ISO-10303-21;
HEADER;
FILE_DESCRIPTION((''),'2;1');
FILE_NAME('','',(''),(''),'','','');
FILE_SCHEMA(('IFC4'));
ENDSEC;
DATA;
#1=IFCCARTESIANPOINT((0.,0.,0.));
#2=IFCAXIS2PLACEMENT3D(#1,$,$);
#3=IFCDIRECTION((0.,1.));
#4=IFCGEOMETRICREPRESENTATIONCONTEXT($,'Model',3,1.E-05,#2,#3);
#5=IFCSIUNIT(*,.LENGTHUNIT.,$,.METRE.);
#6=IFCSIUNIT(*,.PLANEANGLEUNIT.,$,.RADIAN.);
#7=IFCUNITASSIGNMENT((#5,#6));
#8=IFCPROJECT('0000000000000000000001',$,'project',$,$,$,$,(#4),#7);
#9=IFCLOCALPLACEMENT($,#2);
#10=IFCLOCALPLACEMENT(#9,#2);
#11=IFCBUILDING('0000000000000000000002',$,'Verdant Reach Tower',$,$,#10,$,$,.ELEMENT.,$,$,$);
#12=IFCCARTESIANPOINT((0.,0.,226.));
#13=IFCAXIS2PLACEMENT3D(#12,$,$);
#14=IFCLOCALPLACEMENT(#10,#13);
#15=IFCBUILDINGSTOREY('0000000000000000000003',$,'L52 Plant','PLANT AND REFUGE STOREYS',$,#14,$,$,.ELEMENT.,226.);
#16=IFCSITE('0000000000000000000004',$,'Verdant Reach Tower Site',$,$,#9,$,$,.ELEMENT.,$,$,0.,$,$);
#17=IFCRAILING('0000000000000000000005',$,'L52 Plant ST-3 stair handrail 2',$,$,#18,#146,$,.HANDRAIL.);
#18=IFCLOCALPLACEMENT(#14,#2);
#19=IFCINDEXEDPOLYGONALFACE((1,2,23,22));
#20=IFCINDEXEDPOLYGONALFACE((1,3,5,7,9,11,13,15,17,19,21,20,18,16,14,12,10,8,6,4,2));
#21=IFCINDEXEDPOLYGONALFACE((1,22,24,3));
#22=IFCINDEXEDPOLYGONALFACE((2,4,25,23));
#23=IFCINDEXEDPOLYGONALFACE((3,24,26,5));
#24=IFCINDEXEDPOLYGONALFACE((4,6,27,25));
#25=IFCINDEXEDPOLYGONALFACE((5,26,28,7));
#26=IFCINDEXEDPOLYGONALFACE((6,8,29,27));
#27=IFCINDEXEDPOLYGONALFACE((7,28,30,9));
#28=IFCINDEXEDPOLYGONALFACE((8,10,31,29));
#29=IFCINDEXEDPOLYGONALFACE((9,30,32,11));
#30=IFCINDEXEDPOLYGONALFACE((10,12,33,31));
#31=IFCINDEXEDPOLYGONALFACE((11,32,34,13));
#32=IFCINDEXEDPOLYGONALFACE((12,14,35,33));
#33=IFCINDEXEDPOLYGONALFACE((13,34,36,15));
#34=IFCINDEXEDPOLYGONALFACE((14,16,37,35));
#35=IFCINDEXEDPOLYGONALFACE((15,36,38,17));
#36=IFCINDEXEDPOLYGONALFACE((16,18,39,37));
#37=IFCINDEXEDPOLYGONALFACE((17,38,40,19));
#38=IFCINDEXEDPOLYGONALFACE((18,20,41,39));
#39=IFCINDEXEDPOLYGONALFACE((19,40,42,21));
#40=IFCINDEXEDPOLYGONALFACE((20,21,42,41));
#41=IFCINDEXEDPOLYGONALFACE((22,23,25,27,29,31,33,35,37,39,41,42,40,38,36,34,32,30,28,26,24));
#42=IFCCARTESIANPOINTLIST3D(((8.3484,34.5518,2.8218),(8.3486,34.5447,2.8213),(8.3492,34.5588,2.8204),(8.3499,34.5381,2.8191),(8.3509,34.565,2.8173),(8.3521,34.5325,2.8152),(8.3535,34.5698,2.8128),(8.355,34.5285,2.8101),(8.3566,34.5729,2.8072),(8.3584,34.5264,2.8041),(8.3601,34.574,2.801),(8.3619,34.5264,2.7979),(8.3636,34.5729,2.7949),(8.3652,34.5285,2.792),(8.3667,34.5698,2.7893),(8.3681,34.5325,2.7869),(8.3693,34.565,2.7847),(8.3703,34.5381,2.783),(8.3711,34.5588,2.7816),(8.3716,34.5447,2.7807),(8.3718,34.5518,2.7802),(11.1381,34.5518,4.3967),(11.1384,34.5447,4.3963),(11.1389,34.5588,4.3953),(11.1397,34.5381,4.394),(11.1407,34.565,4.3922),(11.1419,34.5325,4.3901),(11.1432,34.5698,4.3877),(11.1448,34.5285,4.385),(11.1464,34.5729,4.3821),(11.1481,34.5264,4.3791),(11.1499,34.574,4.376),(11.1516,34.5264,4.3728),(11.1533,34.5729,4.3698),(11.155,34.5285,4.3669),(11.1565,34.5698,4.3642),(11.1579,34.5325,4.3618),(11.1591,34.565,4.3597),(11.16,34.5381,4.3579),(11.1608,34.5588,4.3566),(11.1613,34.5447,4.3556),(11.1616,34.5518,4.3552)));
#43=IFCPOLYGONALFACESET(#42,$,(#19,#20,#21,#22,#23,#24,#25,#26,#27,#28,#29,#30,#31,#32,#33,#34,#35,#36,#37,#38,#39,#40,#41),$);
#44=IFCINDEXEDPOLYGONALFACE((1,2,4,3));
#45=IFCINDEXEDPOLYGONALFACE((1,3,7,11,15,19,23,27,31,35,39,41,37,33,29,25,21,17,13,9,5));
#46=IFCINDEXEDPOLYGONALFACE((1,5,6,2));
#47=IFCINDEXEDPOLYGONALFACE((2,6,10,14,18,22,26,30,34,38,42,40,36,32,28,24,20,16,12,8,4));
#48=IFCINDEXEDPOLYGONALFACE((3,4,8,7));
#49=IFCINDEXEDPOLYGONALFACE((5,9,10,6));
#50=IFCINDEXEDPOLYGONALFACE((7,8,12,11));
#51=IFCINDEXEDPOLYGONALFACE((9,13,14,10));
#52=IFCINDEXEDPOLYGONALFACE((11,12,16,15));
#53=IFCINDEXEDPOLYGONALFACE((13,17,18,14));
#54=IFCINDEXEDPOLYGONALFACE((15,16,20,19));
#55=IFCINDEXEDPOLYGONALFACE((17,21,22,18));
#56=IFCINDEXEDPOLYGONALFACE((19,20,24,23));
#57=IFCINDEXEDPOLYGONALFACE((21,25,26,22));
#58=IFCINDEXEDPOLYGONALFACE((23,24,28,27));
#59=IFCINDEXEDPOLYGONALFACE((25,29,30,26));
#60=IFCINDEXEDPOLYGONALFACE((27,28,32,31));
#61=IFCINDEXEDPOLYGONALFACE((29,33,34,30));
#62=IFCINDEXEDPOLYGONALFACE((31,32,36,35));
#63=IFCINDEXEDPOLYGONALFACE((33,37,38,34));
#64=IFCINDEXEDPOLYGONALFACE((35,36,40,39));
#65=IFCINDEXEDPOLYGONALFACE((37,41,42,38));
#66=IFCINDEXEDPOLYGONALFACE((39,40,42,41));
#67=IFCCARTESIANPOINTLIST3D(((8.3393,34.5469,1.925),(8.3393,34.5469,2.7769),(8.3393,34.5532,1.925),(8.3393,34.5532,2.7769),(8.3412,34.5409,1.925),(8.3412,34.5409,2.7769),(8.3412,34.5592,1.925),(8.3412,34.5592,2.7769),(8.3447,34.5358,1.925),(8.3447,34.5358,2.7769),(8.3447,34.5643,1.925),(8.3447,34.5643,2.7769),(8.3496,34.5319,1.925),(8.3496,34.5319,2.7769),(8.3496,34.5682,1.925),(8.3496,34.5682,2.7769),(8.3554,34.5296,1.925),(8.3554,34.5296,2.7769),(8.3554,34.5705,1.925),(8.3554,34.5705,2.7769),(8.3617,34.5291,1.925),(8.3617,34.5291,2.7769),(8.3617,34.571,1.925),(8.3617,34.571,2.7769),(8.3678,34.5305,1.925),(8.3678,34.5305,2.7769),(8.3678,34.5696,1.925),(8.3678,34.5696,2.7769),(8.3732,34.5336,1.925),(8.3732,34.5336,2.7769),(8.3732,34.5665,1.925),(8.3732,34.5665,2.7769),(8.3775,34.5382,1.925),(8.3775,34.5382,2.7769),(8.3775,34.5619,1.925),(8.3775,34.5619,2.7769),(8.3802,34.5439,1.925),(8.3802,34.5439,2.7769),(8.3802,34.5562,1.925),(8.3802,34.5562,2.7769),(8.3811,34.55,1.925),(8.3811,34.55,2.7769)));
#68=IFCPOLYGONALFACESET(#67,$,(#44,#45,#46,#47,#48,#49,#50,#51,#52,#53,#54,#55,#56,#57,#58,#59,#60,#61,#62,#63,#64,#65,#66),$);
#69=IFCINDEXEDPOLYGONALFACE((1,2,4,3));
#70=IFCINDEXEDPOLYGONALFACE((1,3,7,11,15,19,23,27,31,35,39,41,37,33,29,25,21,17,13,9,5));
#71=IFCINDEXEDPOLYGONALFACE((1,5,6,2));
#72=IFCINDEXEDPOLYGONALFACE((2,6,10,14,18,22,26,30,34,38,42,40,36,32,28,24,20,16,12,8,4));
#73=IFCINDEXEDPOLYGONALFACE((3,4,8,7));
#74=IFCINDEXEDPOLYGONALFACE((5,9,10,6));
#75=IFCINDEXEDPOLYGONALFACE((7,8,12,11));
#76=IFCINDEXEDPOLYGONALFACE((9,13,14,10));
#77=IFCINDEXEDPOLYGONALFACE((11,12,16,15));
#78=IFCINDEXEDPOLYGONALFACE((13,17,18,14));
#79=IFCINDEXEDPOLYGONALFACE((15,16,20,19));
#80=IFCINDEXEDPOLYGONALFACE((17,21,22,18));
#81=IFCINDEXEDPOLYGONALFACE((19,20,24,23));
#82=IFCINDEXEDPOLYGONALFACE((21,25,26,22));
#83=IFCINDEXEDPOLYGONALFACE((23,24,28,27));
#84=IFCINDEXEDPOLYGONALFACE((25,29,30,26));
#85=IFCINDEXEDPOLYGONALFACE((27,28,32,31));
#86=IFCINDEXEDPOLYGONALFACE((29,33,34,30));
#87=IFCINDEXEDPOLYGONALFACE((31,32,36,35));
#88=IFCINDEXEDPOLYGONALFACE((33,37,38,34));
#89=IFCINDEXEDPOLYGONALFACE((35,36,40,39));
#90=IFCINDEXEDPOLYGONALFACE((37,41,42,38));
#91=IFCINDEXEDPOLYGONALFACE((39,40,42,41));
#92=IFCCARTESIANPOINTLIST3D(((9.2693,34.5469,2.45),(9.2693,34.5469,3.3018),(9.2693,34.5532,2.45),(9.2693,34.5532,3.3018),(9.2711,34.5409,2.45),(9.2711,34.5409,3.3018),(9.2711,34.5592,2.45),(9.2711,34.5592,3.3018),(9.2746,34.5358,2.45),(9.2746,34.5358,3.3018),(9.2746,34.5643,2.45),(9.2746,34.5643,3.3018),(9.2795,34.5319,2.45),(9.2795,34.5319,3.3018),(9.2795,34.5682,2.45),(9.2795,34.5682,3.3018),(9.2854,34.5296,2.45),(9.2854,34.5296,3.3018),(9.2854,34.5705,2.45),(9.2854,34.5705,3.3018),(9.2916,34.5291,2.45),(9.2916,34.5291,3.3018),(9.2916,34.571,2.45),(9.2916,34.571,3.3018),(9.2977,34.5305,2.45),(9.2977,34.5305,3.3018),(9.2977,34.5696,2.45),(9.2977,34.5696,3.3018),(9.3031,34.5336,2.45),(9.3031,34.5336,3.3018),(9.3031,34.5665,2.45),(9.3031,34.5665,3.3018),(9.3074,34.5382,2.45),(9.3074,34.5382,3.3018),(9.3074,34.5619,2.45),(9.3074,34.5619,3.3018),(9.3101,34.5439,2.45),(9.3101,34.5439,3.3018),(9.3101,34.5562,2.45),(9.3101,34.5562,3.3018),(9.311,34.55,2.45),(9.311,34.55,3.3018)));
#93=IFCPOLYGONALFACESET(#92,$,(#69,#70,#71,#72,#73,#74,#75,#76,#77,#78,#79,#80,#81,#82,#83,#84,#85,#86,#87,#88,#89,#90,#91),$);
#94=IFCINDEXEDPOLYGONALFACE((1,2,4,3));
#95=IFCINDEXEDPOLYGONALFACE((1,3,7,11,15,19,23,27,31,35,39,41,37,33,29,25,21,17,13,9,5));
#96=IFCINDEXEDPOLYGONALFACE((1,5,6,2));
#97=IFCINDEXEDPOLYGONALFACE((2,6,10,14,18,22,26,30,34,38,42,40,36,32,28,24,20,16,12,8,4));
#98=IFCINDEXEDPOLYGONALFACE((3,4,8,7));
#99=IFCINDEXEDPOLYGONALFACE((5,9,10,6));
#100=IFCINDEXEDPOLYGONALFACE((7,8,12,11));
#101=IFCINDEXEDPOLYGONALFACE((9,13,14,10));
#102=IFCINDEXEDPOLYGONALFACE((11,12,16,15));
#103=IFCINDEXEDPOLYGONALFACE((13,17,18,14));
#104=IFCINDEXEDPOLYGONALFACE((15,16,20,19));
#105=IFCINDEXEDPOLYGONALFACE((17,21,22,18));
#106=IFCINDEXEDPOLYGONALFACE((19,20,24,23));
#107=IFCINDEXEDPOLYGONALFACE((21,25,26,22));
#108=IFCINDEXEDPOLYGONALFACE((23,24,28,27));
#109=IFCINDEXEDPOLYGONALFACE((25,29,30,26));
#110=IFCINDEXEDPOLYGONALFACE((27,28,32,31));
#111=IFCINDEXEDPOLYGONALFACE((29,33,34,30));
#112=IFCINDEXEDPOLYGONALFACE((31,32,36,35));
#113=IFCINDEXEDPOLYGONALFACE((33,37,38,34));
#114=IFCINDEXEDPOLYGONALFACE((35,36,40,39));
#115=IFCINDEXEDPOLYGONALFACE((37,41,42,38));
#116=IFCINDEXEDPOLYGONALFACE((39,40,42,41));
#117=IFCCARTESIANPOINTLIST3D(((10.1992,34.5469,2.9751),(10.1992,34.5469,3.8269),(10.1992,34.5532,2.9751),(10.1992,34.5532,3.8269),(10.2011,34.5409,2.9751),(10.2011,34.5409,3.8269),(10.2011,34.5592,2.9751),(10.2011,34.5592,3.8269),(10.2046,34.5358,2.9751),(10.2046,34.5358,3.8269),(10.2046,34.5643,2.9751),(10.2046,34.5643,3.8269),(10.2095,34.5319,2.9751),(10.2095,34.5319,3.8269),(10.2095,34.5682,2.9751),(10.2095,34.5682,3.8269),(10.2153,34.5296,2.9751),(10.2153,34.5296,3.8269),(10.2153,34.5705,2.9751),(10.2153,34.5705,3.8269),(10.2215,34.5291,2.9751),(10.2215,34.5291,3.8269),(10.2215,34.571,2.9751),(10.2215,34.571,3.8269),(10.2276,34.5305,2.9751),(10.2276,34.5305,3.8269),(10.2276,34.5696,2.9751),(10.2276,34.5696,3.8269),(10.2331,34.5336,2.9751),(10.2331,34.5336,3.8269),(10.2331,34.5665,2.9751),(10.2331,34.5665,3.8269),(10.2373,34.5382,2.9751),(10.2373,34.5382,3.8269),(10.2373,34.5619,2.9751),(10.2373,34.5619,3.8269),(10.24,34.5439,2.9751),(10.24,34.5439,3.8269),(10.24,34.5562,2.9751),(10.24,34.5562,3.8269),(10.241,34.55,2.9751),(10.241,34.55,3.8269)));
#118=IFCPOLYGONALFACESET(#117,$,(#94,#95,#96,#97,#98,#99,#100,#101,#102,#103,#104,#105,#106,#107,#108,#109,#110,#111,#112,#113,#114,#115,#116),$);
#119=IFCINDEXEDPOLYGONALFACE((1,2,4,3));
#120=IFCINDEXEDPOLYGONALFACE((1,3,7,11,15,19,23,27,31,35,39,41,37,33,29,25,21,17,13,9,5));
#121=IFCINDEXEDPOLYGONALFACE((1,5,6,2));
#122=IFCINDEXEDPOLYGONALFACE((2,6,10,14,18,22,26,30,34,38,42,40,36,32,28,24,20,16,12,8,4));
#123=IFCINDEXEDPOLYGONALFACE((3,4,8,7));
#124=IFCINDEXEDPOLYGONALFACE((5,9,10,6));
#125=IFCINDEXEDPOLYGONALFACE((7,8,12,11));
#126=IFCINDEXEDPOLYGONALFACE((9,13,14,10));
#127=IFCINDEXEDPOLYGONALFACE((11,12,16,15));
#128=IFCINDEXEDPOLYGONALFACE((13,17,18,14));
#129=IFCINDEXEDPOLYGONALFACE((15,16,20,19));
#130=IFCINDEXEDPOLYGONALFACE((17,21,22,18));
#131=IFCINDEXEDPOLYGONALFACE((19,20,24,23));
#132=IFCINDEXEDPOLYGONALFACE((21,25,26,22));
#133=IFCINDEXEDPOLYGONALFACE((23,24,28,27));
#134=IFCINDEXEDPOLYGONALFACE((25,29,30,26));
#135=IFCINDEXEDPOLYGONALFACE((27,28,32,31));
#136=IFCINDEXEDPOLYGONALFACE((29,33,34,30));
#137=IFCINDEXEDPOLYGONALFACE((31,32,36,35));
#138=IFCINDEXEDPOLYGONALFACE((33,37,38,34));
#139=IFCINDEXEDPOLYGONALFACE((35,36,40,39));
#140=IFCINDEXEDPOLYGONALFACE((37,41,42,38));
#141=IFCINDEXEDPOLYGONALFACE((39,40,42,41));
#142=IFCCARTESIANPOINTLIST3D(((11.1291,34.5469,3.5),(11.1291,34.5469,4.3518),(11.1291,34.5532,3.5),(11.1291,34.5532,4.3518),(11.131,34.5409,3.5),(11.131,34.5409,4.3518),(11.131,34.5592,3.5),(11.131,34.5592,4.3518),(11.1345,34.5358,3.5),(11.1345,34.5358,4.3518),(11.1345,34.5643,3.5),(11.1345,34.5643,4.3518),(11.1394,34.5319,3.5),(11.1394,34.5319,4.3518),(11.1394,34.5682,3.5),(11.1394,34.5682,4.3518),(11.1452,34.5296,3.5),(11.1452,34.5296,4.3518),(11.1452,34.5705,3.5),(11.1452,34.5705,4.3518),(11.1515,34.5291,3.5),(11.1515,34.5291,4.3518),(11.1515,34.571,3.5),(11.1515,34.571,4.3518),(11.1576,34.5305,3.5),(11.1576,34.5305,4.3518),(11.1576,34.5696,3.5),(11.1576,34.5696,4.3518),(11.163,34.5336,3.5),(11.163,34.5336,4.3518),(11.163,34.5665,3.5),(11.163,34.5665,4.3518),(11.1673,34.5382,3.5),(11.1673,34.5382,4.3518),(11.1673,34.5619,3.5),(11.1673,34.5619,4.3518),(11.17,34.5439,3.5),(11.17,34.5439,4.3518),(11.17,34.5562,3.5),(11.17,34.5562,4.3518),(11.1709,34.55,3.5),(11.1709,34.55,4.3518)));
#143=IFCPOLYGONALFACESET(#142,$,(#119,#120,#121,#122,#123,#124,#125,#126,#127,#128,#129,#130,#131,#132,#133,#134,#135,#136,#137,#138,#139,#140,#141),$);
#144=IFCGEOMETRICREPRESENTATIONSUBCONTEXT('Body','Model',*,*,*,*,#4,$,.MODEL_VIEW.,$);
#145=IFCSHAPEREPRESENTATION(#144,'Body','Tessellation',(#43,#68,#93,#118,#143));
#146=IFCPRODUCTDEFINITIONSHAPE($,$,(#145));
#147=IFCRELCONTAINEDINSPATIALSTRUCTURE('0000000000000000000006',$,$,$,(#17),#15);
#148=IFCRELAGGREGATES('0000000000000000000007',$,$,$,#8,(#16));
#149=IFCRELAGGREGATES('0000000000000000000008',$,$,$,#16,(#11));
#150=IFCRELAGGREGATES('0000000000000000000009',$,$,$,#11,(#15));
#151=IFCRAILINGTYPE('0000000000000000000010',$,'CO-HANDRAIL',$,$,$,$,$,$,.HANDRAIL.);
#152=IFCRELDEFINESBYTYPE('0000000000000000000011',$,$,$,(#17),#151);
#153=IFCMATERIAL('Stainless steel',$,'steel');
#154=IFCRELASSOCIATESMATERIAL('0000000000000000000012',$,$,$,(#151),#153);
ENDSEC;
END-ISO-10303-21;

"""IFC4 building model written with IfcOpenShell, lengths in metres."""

from ifc_helpers import new_model, si_unit, direction, frame, origin, origin_2d, place, context, subcontext, project, spatial, circle, extrude, material, type_object, element, save


model = new_model("IFC4")

# Units and contexts
model_context = context("Model", 3, precision=1e-05, world=origin(), true_north=direction((0.0, 1.0)))
body_context = subcontext(model_context, "Body", "Model", "MODEL_VIEW")
ifc_project = project(units=[si_unit("LENGTHUNIT", "METRE"), si_unit("PLANEANGLEUNIT", "RADIAN")], contexts=[model_context])

# Site, building, storey
site_placement = place(None, origin())
site = spatial("IfcSite", under=ifc_project, at=site_placement, Name="Verdant Reach Tower Site", CompositionType="ELEMENT", RefElevation=0.0)
building_placement = place(site_placement, origin())
building = spatial("IfcBuilding", under=site, at=building_placement, Name="Verdant Reach Tower", CompositionType="ELEMENT")
storey_placement = place(building_placement, frame((0.0, 0.0, 226.0)))
storey = spatial("IfcBuildingStorey", under=building, at=storey_placement, Name="L52 Plant", Description="PLANT AND REFUGE STOREYS", CompositionType="ELEMENT", Elevation=226.0)

# Railing
ifc_material_1 = material(Name="Stainless steel", Category="steel")
railing_type_1 = type_object("IfcRailingType", Name="CO-HANDRAIL", PredefinedType="HANDRAIL", material=ifc_material_1)
for number, where, name in (
    (1, (8.3601, 34.55, 1.925), "L52 Plant ST-3 stair handrail 2"),
):
    element("IfcRailing", number, at=place(storey_placement, frame(where)), inside=storey, type_object=railing_type_1, Name=name, PredefinedType="HANDRAIL", context=body_context, shape_type="SweptSolid", body=[
        extrude(circle(Radius=0.0239, at=origin_2d()), frame((0.0, 0.0, 0.876), z_axis=(0.870815, 0.0, 0.49161), x_axis=(0.0, 1.0, 0.0)), (0.0, 0.0, 1.0), 3.2036),
        extrude(circle(Radius=0.021, at=origin_2d()), origin(), (0.0, 0.0, 1.0), 0.8518),
        extrude(circle(Radius=0.021, at=origin_2d()), frame((0.9299, 0.0, 0.5249)), (0.0, 0.0, 1.0), 0.8518),
        extrude(circle(Radius=0.021, at=origin_2d()), frame((1.8599, 0.0, 1.05)), (0.0, 0.0, 1.0), 0.8518),
        extrude(circle(Radius=0.021, at=origin_2d()), frame((2.7898, 0.0, 1.575)), (0.0, 0.0, 1.0), 0.8518),
    ])

save(model, "model.ifc")
